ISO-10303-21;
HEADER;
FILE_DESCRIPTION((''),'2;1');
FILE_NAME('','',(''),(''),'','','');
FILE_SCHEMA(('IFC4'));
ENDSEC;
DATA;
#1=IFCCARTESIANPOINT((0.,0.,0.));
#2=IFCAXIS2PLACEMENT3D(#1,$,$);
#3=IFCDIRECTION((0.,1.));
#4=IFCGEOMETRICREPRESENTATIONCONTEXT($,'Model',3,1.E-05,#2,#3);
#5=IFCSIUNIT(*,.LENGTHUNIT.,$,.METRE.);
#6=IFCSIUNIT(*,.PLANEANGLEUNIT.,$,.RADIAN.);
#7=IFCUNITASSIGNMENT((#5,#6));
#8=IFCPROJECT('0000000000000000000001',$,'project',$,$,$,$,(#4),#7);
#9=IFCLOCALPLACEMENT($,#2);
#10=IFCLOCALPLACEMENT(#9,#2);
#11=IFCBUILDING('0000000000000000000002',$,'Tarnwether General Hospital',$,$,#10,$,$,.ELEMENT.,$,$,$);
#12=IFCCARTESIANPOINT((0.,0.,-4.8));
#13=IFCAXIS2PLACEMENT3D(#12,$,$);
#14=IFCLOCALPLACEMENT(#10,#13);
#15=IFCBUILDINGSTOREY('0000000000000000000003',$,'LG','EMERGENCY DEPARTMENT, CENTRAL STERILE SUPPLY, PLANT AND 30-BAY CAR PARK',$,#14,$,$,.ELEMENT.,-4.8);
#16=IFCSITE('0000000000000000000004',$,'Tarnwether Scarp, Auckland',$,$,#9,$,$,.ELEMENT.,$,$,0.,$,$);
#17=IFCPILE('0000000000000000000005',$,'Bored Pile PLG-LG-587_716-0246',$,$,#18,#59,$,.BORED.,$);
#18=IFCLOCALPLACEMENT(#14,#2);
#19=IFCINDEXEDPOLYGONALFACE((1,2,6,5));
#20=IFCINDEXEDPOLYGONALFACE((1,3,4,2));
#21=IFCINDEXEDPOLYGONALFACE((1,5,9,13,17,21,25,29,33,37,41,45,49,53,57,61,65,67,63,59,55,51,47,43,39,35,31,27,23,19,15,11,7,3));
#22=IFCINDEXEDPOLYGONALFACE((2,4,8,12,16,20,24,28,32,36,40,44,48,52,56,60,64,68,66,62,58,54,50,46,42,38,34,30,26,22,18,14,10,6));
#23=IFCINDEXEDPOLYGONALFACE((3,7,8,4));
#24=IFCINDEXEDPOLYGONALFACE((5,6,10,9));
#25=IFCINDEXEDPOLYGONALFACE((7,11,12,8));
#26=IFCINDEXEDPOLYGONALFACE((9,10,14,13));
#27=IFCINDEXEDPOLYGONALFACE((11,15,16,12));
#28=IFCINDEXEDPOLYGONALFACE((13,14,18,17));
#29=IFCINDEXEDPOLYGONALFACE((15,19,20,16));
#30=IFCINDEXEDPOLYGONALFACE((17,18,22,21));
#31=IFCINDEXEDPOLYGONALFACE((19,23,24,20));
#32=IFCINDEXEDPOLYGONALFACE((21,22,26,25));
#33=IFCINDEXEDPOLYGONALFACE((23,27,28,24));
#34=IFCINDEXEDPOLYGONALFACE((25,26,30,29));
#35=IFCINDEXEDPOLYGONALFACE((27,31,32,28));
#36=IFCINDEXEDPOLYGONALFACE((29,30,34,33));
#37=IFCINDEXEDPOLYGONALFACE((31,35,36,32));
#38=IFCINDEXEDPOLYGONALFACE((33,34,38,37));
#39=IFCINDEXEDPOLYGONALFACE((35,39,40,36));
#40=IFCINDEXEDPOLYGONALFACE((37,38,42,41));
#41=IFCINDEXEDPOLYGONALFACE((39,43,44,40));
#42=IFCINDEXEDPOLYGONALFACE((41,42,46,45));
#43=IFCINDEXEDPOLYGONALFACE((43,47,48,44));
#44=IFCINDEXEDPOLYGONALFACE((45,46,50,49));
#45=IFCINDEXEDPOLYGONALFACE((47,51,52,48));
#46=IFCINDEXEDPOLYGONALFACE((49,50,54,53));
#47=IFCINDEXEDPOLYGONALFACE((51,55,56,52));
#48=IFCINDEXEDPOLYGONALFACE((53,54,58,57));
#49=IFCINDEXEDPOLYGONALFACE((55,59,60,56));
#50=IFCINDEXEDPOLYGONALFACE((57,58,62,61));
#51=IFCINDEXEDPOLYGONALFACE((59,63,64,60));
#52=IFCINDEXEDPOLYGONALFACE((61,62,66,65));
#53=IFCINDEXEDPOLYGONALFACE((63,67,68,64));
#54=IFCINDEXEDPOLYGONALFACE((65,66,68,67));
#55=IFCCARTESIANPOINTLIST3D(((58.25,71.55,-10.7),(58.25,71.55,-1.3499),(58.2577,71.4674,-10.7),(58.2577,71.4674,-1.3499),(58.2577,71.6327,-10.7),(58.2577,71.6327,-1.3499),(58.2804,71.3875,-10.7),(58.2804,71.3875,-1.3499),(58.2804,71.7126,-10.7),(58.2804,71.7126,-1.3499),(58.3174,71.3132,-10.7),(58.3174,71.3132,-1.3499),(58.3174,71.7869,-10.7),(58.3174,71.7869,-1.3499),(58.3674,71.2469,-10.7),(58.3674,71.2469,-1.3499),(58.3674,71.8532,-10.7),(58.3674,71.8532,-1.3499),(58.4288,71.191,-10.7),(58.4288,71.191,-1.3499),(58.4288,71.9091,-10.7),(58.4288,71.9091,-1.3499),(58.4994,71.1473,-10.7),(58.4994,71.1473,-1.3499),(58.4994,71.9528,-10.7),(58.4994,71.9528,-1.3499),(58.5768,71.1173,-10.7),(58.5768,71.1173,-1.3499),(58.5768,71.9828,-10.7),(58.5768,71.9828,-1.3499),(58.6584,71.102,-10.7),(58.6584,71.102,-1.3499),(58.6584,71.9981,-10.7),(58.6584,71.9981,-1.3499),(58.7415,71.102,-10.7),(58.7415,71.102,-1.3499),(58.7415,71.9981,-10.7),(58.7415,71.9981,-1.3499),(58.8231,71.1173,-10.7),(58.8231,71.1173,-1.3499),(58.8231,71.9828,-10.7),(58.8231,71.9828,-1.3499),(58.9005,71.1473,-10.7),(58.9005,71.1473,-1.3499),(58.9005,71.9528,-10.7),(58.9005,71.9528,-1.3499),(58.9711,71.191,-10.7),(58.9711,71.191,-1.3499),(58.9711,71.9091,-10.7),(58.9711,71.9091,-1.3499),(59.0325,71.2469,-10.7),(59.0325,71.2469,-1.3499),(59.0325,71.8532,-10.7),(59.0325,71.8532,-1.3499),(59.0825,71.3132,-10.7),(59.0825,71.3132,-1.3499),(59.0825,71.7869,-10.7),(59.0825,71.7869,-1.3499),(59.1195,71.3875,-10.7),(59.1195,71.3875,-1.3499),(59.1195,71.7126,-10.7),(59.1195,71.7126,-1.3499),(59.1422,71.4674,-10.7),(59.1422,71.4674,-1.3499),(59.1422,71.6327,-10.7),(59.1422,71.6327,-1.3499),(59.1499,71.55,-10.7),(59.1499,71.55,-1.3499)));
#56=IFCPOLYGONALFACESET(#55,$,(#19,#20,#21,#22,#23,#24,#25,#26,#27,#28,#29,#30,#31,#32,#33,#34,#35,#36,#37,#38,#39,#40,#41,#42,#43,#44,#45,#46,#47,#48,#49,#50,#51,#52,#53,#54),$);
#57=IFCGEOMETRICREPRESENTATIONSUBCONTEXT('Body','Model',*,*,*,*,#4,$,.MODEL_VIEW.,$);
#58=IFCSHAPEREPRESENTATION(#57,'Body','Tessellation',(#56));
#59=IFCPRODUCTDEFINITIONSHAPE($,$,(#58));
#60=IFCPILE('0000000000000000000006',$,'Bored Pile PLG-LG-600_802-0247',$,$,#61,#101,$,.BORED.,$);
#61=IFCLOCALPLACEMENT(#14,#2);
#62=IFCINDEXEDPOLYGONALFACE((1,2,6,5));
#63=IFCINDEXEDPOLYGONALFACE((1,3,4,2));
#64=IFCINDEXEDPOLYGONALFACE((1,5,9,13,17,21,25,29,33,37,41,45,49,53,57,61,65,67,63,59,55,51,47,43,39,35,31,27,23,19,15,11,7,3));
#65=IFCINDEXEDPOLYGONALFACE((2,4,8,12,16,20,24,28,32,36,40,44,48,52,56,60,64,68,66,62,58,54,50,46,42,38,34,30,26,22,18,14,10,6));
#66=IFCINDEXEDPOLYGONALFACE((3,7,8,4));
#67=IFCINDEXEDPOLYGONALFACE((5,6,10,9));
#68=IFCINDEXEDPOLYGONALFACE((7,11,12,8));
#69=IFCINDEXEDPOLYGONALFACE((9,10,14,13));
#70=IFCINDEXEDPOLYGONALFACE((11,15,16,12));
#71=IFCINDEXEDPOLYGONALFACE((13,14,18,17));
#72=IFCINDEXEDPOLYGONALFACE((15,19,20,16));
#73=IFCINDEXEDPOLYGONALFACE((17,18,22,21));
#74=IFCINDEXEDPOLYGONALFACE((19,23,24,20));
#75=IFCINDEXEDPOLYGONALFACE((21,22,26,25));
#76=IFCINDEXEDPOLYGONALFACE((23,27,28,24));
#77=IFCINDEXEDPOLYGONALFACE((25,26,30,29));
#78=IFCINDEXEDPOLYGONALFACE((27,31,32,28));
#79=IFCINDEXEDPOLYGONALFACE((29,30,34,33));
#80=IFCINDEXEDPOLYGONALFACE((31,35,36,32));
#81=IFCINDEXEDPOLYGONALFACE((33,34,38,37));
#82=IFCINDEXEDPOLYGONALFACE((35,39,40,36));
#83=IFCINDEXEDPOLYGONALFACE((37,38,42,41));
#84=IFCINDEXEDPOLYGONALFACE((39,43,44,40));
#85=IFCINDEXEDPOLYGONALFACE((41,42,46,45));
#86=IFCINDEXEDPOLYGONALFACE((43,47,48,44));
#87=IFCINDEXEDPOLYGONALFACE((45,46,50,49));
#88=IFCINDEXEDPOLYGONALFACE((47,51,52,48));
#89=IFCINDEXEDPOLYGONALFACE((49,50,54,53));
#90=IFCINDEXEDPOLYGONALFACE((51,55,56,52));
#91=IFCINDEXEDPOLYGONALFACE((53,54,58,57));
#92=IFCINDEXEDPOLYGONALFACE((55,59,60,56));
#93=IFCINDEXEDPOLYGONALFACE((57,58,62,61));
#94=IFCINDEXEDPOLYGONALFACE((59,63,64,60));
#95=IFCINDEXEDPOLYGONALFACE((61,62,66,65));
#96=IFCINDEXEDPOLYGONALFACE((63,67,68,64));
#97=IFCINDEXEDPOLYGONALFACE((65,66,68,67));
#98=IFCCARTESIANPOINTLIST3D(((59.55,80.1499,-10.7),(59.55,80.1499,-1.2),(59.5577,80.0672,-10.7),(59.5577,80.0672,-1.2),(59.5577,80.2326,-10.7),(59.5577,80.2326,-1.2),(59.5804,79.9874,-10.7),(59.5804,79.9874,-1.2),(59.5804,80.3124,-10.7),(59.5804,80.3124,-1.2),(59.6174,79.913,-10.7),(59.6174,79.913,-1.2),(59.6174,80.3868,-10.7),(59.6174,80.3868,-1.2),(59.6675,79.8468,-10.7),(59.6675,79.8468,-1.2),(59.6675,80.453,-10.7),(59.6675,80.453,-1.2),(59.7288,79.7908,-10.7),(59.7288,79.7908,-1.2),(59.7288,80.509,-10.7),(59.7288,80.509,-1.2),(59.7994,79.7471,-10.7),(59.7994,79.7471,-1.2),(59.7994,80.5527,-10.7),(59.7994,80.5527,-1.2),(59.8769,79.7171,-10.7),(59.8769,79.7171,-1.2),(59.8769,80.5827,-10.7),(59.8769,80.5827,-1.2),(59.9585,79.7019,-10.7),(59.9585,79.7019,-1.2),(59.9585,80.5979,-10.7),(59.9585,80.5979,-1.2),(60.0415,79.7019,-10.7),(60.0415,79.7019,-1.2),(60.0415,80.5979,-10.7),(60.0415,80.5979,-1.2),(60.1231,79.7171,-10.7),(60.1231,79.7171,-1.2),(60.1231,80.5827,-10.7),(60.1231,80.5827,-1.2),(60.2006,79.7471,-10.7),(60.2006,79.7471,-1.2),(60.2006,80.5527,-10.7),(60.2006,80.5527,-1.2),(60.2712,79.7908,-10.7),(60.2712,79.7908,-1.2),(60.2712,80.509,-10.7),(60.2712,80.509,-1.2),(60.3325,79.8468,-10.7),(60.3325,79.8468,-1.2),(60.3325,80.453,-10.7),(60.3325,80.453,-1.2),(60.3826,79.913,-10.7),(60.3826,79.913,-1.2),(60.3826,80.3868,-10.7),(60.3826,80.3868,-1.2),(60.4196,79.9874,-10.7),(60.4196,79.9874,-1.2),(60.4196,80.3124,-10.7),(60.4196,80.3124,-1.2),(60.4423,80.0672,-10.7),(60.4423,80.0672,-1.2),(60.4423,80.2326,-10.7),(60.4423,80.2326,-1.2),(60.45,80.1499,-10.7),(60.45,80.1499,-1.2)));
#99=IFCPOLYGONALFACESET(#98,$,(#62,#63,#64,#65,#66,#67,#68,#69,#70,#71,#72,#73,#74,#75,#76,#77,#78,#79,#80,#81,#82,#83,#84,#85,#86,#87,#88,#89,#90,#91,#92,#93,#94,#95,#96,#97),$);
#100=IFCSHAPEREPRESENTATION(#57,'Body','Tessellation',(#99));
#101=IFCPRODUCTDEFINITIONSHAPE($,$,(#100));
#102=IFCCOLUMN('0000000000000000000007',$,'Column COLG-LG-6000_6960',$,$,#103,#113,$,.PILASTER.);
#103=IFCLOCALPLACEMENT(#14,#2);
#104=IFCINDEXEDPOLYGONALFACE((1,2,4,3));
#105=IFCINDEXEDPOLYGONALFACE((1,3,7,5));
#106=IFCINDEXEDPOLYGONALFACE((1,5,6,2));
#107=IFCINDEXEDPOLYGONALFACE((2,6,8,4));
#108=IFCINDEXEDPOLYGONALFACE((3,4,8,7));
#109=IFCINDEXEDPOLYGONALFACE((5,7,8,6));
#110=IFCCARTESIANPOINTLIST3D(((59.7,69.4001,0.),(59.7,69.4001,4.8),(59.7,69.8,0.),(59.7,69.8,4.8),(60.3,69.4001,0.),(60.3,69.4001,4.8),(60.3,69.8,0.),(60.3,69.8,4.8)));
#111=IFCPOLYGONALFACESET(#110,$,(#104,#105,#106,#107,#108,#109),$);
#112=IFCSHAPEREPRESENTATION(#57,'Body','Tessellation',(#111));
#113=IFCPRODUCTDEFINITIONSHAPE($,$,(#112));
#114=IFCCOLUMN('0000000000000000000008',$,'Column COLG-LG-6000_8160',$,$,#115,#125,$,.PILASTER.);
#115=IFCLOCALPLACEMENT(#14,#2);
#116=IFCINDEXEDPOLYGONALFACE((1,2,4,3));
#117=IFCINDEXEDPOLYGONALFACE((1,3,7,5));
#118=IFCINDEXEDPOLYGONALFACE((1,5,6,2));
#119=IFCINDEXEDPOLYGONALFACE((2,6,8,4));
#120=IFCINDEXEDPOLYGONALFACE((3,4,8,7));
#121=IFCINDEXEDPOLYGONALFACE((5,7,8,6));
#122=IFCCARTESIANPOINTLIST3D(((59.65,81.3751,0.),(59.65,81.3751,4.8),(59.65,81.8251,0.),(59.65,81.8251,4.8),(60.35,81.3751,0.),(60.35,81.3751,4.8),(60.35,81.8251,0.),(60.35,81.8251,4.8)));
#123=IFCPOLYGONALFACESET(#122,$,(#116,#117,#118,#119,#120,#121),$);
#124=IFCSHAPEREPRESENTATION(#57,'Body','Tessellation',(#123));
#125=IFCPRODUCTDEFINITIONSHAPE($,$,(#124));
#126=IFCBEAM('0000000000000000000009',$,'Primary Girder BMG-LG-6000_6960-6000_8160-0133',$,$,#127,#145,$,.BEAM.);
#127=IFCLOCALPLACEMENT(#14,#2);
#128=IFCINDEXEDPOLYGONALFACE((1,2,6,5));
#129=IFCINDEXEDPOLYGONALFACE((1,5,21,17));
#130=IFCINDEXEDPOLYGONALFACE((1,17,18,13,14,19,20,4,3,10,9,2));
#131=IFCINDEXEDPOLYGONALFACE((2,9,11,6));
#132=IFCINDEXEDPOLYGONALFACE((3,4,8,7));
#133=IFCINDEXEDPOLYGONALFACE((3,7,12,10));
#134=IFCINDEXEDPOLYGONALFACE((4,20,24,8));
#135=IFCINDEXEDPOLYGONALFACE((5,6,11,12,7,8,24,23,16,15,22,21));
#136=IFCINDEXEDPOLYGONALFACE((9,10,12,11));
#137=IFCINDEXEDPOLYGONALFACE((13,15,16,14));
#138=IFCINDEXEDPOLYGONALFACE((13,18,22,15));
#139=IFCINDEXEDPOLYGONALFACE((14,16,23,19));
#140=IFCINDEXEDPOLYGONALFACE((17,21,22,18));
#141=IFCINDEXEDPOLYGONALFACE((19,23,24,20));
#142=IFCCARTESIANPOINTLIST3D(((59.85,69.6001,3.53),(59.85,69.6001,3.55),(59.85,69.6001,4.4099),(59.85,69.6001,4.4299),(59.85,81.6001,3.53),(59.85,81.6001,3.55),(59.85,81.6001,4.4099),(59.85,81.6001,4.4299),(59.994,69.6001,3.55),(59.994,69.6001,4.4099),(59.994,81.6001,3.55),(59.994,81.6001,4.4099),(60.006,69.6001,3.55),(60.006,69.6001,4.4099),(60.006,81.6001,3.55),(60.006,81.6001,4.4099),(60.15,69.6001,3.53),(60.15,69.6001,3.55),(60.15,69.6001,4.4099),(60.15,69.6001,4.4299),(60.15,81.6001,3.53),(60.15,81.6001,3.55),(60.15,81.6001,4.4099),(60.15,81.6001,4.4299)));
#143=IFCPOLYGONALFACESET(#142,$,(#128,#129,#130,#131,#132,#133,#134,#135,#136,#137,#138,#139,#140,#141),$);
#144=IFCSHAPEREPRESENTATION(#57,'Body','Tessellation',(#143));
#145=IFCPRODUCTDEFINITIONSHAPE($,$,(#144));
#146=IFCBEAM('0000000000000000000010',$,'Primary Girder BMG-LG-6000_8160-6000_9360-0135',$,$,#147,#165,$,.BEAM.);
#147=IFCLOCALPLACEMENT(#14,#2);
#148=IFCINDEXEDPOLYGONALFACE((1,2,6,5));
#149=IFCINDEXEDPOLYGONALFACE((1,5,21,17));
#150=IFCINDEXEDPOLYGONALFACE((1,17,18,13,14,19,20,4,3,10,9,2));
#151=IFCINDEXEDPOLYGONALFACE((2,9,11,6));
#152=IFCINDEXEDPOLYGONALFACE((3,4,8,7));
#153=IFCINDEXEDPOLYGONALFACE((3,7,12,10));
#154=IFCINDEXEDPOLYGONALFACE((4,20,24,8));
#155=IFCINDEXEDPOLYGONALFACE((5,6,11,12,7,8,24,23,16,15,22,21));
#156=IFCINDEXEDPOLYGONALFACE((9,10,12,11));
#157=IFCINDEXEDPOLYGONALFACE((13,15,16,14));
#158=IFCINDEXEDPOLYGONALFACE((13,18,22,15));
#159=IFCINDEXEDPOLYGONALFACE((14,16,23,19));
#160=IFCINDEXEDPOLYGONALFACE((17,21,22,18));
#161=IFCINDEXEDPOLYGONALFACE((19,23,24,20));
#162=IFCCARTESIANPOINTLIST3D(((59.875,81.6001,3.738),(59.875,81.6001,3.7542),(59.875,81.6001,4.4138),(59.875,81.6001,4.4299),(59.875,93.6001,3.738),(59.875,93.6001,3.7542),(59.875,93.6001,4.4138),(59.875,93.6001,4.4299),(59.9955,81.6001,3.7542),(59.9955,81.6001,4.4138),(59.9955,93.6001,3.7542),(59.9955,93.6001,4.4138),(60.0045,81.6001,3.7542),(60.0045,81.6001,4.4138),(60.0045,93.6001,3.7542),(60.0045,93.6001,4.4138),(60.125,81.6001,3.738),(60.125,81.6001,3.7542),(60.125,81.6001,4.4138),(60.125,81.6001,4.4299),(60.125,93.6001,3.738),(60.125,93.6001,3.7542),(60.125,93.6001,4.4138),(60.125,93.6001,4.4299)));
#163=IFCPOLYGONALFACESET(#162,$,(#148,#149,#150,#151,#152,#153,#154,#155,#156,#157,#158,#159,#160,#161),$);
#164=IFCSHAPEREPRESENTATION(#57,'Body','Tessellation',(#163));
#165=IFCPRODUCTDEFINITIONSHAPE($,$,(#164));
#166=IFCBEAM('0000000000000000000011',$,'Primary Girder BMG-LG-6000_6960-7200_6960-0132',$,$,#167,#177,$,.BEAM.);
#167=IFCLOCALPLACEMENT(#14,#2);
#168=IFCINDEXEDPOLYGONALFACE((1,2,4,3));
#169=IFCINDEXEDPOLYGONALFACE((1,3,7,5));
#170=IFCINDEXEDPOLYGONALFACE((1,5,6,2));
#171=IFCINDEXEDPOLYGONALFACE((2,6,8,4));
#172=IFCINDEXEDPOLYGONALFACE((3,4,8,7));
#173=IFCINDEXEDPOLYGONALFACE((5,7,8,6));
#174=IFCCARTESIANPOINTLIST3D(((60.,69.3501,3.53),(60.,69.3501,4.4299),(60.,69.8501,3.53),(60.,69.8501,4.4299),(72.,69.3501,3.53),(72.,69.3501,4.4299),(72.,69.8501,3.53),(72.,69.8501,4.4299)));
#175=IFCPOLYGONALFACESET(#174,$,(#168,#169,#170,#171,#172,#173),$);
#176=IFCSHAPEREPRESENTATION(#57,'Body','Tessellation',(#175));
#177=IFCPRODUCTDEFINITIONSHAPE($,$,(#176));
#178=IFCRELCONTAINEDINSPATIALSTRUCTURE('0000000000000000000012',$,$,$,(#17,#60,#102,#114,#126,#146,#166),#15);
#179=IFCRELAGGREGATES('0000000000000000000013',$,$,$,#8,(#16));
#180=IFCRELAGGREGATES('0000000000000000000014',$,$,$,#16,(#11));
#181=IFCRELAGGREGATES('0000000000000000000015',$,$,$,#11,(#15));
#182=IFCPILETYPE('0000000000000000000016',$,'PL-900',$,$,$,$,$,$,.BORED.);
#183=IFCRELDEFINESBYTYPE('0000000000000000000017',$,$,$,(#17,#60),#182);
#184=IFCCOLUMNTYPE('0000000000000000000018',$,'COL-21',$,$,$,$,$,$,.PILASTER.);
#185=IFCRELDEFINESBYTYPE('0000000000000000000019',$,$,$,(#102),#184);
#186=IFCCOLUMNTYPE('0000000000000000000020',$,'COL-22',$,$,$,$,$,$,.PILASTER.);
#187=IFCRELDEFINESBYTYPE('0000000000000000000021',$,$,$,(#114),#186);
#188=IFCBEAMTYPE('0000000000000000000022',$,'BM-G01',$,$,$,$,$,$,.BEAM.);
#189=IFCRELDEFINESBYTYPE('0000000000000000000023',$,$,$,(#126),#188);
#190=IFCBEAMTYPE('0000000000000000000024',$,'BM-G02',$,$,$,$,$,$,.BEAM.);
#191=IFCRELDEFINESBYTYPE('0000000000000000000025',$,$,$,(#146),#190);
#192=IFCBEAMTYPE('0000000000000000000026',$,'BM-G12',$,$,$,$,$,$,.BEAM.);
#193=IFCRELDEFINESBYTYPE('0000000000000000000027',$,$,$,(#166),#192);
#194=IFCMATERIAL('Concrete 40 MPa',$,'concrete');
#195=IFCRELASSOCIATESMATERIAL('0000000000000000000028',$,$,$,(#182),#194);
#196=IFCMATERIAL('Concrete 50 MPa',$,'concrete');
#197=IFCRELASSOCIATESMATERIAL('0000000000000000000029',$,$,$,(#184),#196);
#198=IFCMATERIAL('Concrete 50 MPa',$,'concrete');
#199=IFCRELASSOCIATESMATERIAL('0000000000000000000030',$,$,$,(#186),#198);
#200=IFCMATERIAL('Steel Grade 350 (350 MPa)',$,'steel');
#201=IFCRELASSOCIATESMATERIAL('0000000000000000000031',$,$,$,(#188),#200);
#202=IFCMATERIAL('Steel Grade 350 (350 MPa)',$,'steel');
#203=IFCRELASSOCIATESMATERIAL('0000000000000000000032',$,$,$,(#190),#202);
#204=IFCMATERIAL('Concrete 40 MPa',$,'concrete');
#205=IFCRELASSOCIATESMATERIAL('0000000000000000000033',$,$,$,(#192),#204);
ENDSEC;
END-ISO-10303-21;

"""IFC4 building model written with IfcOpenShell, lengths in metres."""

from ifc_helpers import new_model, si_unit, direction, frame, origin, origin_2d, place, context, subcontext, project, spatial, rectangle, circle, i_section, extrude, material, material_profile, profile_set, type_object, element, save


model = new_model("IFC4")

# Units and contexts
model_context = context("Model", 3, precision=1e-05, world=origin(), true_north=direction((0.0, 1.0)))
body_context = subcontext(model_context, "Body", "Model", "MODEL_VIEW")
ifc_project = project(units=[si_unit("LENGTHUNIT", "METRE"), si_unit("PLANEANGLEUNIT", "RADIAN")], contexts=[model_context])

# Site, building, storey
site_placement = place(None, origin())
site = spatial("IfcSite", under=ifc_project, at=site_placement, Name="Tarnwether Scarp, Auckland", CompositionType="ELEMENT", RefElevation=0.0)
building_placement = place(site_placement, origin())
building = spatial("IfcBuilding", under=site, at=building_placement, Name="Tarnwether General Hospital", CompositionType="ELEMENT")
storey_placement = place(building_placement, frame((0.0, 0.0, -4.8)))
storey = spatial("IfcBuildingStorey", under=building, at=storey_placement, Name="LG", Description="EMERGENCY DEPARTMENT, CENTRAL STERILE SUPPLY, PLANT AND 30-BAY CAR PARK", CompositionType="ELEMENT", Elevation=-4.8)

# Piles
ifc_material_1 = material(Name="Concrete 40 MPa", Category="concrete")
ifc_material_profile_1 = material_profile(ifc_material_1, circle(Radius=0.45, at=origin_2d()), Name="PILE-D900")
ifc_profile_set_1 = profile_set([ifc_material_profile_1], Name="Concrete 40 MPa")
pile_type_1 = type_object("IfcPileType", Name="PL-900", PredefinedType="BORED", material=ifc_profile_set_1)
for number, where, z_axis, x_axis, name in (
    (1, (58.7, 71.55, -1.3499), (0.0, 0.0, -1.0), (1.0, 0.0, 0.0), "Bored Pile PLG-LG-587_716-0246"),
):
    element("IfcPile", number, at=place(storey_placement, frame(where, z_axis=z_axis, x_axis=x_axis)), inside=storey, type_object=pile_type_1, Name=name, PredefinedType="BORED", context=body_context, shape_type="SweptSolid", body=[
        extrude(circle(Radius=0.45, at=origin_2d()), origin(), (0.0, 0.0, 1.0), 9.3501),
    ])
pile_1_placement = place(storey_placement, frame((60.0, 80.1499, -1.2), z_axis=(0.0, 0.0, -1.0), x_axis=(1.0, 0.0, 0.0)))
element("IfcPile", 2, at=pile_1_placement, inside=storey, type_object=pile_type_1, Name="Bored Pile PLG-LG-600_802-0247", PredefinedType="BORED", context=body_context, shape_type="SweptSolid", body=[
    extrude(circle(Radius=0.45, at=origin_2d()), origin(), (0.0, 0.0, 1.0), 9.5),
])

# Columns
ifc_material_2 = material(Name="Concrete 50 MPa", Category="concrete")
ifc_material_profile_2 = material_profile(ifc_material_2, rectangle(XDim=0.3999, YDim=0.6001, at=origin_2d()), Name="RC-PIL-400x600")
ifc_profile_set_2 = profile_set([ifc_material_profile_2], Name="Concrete 50 MPa")
column_type_1 = type_object("IfcColumnType", Name="COL-21", PredefinedType="PILASTER", material=ifc_profile_set_2)
column_1_placement = place(storey_placement, frame((60.0, 69.6001, 0.0), z_axis=(0.0, 0.0, 1.0), x_axis=(0.0, 1.0, 0.0)))
element("IfcColumn", 3, at=column_1_placement, inside=storey, type_object=column_type_1, Name="Column COLG-LG-6000_6960", PredefinedType="PILASTER", context=body_context, shape_type="SweptSolid", body=[
    extrude(rectangle(XDim=0.3999, YDim=0.6001, at=origin_2d()), origin(), (0.0, 0.0, 1.0), 4.8),
])
ifc_material_3 = material(Name="Concrete 50 MPa", Category="concrete")
ifc_material_profile_3 = material_profile(ifc_material_3, rectangle(XDim=0.45, YDim=0.7, at=origin_2d()), Name="RC-PIL-450x700")
ifc_profile_set_3 = profile_set([ifc_material_profile_3], Name="Concrete 50 MPa")
column_type_2 = type_object("IfcColumnType", Name="COL-22", PredefinedType="PILASTER", material=ifc_profile_set_3)
column_2_placement = place(storey_placement, frame((60.0, 81.6001, 0.0), z_axis=(0.0, 0.0, 1.0), x_axis=(0.0, 1.0, 0.0)))
element("IfcColumn", 4, at=column_2_placement, inside=storey, type_object=column_type_2, Name="Column COLG-LG-6000_8160", PredefinedType="PILASTER", context=body_context, shape_type="SweptSolid", body=[
    extrude(rectangle(XDim=0.45, YDim=0.7, at=origin_2d()), origin(), (0.0, 0.0, 1.0), 4.8),
])

# Beams
ifc_material_4 = material(Name="Steel Grade 350 (350 MPa)", Category="steel")
ifc_material_profile_4 = material_profile(ifc_material_4, i_section(OverallWidth=0.3, OverallDepth=0.8999, WebThickness=0.012, FlangeThickness=0.02, at=origin_2d()), Name="900WB175")
ifc_profile_set_4 = profile_set([ifc_material_profile_4], Name="Steel Grade 350 (350 MPa)")
beam_type_1 = type_object("IfcBeamType", Name="BM-G01", PredefinedType="BEAM", material=ifc_profile_set_4)
beam_1_placement = place(storey_placement, frame((60.0, 69.6001, 3.98), z_axis=(0.0, 1.0, 0.0), x_axis=(-1.0, 0.0, 0.0)))
element("IfcBeam", 5, at=beam_1_placement, inside=storey, type_object=beam_type_1, Name="Primary Girder BMG-LG-6000_6960-6000_8160-0133", PredefinedType="BEAM", context=body_context, shape_type="SweptSolid", body=[
    extrude(i_section(OverallWidth=0.3, OverallDepth=0.8999, WebThickness=0.012, FlangeThickness=0.02, at=origin_2d()), origin(), (0.0, 0.0, 1.0), 12.0),
])
ifc_material_5 = material(Name="Steel Grade 350 (350 MPa)", Category="steel")
ifc_material_profile_5 = material_profile(ifc_material_5, i_section(OverallWidth=0.25, OverallDepth=0.6919, WebThickness=0.009, FlangeThickness=0.0161, at=origin_2d()), Name="700WB115")
ifc_profile_set_5 = profile_set([ifc_material_profile_5], Name="Steel Grade 350 (350 MPa)")
beam_type_2 = type_object("IfcBeamType", Name="BM-G02", PredefinedType="BEAM", material=ifc_profile_set_5)
beam_2_placement = place(storey_placement, frame((60.0, 81.6001, 4.084), z_axis=(0.0, 1.0, 0.0), x_axis=(-1.0, 0.0, 0.0)))
element("IfcBeam", 6, at=beam_2_placement, inside=storey, type_object=beam_type_2, Name="Primary Girder BMG-LG-6000_8160-6000_9360-0135", PredefinedType="BEAM", context=body_context, shape_type="SweptSolid", body=[
    extrude(i_section(OverallWidth=0.25, OverallDepth=0.6919, WebThickness=0.009, FlangeThickness=0.0161, at=origin_2d()), origin(), (0.0, 0.0, 1.0), 12.0),
])
ifc_material_6 = material(Name="Concrete 40 MPa", Category="concrete")
ifc_material_profile_6 = material_profile(ifc_material_6, rectangle(XDim=0.5, YDim=0.8999, at=origin_2d()), Name="RC-BM-500x900")
ifc_profile_set_6 = profile_set([ifc_material_profile_6], Name="Concrete 40 MPa")
beam_type_3 = type_object("IfcBeamType", Name="BM-G12", PredefinedType="BEAM", material=ifc_profile_set_6)
beam_3_placement = place(storey_placement, frame((60.0, 69.6001, 3.98), z_axis=(1.0, 0.0, 0.0), x_axis=(0.0, 1.0, 0.0)))
element("IfcBeam", 7, at=beam_3_placement, inside=storey, type_object=beam_type_3, Name="Primary Girder BMG-LG-6000_6960-7200_6960-0132", PredefinedType="BEAM", context=body_context, shape_type="SweptSolid", body=[
    extrude(rectangle(XDim=0.5, YDim=0.8999, at=origin_2d()), origin(), (0.0, 0.0, 1.0), 12.0),
])

save(model, "model.ifc")
